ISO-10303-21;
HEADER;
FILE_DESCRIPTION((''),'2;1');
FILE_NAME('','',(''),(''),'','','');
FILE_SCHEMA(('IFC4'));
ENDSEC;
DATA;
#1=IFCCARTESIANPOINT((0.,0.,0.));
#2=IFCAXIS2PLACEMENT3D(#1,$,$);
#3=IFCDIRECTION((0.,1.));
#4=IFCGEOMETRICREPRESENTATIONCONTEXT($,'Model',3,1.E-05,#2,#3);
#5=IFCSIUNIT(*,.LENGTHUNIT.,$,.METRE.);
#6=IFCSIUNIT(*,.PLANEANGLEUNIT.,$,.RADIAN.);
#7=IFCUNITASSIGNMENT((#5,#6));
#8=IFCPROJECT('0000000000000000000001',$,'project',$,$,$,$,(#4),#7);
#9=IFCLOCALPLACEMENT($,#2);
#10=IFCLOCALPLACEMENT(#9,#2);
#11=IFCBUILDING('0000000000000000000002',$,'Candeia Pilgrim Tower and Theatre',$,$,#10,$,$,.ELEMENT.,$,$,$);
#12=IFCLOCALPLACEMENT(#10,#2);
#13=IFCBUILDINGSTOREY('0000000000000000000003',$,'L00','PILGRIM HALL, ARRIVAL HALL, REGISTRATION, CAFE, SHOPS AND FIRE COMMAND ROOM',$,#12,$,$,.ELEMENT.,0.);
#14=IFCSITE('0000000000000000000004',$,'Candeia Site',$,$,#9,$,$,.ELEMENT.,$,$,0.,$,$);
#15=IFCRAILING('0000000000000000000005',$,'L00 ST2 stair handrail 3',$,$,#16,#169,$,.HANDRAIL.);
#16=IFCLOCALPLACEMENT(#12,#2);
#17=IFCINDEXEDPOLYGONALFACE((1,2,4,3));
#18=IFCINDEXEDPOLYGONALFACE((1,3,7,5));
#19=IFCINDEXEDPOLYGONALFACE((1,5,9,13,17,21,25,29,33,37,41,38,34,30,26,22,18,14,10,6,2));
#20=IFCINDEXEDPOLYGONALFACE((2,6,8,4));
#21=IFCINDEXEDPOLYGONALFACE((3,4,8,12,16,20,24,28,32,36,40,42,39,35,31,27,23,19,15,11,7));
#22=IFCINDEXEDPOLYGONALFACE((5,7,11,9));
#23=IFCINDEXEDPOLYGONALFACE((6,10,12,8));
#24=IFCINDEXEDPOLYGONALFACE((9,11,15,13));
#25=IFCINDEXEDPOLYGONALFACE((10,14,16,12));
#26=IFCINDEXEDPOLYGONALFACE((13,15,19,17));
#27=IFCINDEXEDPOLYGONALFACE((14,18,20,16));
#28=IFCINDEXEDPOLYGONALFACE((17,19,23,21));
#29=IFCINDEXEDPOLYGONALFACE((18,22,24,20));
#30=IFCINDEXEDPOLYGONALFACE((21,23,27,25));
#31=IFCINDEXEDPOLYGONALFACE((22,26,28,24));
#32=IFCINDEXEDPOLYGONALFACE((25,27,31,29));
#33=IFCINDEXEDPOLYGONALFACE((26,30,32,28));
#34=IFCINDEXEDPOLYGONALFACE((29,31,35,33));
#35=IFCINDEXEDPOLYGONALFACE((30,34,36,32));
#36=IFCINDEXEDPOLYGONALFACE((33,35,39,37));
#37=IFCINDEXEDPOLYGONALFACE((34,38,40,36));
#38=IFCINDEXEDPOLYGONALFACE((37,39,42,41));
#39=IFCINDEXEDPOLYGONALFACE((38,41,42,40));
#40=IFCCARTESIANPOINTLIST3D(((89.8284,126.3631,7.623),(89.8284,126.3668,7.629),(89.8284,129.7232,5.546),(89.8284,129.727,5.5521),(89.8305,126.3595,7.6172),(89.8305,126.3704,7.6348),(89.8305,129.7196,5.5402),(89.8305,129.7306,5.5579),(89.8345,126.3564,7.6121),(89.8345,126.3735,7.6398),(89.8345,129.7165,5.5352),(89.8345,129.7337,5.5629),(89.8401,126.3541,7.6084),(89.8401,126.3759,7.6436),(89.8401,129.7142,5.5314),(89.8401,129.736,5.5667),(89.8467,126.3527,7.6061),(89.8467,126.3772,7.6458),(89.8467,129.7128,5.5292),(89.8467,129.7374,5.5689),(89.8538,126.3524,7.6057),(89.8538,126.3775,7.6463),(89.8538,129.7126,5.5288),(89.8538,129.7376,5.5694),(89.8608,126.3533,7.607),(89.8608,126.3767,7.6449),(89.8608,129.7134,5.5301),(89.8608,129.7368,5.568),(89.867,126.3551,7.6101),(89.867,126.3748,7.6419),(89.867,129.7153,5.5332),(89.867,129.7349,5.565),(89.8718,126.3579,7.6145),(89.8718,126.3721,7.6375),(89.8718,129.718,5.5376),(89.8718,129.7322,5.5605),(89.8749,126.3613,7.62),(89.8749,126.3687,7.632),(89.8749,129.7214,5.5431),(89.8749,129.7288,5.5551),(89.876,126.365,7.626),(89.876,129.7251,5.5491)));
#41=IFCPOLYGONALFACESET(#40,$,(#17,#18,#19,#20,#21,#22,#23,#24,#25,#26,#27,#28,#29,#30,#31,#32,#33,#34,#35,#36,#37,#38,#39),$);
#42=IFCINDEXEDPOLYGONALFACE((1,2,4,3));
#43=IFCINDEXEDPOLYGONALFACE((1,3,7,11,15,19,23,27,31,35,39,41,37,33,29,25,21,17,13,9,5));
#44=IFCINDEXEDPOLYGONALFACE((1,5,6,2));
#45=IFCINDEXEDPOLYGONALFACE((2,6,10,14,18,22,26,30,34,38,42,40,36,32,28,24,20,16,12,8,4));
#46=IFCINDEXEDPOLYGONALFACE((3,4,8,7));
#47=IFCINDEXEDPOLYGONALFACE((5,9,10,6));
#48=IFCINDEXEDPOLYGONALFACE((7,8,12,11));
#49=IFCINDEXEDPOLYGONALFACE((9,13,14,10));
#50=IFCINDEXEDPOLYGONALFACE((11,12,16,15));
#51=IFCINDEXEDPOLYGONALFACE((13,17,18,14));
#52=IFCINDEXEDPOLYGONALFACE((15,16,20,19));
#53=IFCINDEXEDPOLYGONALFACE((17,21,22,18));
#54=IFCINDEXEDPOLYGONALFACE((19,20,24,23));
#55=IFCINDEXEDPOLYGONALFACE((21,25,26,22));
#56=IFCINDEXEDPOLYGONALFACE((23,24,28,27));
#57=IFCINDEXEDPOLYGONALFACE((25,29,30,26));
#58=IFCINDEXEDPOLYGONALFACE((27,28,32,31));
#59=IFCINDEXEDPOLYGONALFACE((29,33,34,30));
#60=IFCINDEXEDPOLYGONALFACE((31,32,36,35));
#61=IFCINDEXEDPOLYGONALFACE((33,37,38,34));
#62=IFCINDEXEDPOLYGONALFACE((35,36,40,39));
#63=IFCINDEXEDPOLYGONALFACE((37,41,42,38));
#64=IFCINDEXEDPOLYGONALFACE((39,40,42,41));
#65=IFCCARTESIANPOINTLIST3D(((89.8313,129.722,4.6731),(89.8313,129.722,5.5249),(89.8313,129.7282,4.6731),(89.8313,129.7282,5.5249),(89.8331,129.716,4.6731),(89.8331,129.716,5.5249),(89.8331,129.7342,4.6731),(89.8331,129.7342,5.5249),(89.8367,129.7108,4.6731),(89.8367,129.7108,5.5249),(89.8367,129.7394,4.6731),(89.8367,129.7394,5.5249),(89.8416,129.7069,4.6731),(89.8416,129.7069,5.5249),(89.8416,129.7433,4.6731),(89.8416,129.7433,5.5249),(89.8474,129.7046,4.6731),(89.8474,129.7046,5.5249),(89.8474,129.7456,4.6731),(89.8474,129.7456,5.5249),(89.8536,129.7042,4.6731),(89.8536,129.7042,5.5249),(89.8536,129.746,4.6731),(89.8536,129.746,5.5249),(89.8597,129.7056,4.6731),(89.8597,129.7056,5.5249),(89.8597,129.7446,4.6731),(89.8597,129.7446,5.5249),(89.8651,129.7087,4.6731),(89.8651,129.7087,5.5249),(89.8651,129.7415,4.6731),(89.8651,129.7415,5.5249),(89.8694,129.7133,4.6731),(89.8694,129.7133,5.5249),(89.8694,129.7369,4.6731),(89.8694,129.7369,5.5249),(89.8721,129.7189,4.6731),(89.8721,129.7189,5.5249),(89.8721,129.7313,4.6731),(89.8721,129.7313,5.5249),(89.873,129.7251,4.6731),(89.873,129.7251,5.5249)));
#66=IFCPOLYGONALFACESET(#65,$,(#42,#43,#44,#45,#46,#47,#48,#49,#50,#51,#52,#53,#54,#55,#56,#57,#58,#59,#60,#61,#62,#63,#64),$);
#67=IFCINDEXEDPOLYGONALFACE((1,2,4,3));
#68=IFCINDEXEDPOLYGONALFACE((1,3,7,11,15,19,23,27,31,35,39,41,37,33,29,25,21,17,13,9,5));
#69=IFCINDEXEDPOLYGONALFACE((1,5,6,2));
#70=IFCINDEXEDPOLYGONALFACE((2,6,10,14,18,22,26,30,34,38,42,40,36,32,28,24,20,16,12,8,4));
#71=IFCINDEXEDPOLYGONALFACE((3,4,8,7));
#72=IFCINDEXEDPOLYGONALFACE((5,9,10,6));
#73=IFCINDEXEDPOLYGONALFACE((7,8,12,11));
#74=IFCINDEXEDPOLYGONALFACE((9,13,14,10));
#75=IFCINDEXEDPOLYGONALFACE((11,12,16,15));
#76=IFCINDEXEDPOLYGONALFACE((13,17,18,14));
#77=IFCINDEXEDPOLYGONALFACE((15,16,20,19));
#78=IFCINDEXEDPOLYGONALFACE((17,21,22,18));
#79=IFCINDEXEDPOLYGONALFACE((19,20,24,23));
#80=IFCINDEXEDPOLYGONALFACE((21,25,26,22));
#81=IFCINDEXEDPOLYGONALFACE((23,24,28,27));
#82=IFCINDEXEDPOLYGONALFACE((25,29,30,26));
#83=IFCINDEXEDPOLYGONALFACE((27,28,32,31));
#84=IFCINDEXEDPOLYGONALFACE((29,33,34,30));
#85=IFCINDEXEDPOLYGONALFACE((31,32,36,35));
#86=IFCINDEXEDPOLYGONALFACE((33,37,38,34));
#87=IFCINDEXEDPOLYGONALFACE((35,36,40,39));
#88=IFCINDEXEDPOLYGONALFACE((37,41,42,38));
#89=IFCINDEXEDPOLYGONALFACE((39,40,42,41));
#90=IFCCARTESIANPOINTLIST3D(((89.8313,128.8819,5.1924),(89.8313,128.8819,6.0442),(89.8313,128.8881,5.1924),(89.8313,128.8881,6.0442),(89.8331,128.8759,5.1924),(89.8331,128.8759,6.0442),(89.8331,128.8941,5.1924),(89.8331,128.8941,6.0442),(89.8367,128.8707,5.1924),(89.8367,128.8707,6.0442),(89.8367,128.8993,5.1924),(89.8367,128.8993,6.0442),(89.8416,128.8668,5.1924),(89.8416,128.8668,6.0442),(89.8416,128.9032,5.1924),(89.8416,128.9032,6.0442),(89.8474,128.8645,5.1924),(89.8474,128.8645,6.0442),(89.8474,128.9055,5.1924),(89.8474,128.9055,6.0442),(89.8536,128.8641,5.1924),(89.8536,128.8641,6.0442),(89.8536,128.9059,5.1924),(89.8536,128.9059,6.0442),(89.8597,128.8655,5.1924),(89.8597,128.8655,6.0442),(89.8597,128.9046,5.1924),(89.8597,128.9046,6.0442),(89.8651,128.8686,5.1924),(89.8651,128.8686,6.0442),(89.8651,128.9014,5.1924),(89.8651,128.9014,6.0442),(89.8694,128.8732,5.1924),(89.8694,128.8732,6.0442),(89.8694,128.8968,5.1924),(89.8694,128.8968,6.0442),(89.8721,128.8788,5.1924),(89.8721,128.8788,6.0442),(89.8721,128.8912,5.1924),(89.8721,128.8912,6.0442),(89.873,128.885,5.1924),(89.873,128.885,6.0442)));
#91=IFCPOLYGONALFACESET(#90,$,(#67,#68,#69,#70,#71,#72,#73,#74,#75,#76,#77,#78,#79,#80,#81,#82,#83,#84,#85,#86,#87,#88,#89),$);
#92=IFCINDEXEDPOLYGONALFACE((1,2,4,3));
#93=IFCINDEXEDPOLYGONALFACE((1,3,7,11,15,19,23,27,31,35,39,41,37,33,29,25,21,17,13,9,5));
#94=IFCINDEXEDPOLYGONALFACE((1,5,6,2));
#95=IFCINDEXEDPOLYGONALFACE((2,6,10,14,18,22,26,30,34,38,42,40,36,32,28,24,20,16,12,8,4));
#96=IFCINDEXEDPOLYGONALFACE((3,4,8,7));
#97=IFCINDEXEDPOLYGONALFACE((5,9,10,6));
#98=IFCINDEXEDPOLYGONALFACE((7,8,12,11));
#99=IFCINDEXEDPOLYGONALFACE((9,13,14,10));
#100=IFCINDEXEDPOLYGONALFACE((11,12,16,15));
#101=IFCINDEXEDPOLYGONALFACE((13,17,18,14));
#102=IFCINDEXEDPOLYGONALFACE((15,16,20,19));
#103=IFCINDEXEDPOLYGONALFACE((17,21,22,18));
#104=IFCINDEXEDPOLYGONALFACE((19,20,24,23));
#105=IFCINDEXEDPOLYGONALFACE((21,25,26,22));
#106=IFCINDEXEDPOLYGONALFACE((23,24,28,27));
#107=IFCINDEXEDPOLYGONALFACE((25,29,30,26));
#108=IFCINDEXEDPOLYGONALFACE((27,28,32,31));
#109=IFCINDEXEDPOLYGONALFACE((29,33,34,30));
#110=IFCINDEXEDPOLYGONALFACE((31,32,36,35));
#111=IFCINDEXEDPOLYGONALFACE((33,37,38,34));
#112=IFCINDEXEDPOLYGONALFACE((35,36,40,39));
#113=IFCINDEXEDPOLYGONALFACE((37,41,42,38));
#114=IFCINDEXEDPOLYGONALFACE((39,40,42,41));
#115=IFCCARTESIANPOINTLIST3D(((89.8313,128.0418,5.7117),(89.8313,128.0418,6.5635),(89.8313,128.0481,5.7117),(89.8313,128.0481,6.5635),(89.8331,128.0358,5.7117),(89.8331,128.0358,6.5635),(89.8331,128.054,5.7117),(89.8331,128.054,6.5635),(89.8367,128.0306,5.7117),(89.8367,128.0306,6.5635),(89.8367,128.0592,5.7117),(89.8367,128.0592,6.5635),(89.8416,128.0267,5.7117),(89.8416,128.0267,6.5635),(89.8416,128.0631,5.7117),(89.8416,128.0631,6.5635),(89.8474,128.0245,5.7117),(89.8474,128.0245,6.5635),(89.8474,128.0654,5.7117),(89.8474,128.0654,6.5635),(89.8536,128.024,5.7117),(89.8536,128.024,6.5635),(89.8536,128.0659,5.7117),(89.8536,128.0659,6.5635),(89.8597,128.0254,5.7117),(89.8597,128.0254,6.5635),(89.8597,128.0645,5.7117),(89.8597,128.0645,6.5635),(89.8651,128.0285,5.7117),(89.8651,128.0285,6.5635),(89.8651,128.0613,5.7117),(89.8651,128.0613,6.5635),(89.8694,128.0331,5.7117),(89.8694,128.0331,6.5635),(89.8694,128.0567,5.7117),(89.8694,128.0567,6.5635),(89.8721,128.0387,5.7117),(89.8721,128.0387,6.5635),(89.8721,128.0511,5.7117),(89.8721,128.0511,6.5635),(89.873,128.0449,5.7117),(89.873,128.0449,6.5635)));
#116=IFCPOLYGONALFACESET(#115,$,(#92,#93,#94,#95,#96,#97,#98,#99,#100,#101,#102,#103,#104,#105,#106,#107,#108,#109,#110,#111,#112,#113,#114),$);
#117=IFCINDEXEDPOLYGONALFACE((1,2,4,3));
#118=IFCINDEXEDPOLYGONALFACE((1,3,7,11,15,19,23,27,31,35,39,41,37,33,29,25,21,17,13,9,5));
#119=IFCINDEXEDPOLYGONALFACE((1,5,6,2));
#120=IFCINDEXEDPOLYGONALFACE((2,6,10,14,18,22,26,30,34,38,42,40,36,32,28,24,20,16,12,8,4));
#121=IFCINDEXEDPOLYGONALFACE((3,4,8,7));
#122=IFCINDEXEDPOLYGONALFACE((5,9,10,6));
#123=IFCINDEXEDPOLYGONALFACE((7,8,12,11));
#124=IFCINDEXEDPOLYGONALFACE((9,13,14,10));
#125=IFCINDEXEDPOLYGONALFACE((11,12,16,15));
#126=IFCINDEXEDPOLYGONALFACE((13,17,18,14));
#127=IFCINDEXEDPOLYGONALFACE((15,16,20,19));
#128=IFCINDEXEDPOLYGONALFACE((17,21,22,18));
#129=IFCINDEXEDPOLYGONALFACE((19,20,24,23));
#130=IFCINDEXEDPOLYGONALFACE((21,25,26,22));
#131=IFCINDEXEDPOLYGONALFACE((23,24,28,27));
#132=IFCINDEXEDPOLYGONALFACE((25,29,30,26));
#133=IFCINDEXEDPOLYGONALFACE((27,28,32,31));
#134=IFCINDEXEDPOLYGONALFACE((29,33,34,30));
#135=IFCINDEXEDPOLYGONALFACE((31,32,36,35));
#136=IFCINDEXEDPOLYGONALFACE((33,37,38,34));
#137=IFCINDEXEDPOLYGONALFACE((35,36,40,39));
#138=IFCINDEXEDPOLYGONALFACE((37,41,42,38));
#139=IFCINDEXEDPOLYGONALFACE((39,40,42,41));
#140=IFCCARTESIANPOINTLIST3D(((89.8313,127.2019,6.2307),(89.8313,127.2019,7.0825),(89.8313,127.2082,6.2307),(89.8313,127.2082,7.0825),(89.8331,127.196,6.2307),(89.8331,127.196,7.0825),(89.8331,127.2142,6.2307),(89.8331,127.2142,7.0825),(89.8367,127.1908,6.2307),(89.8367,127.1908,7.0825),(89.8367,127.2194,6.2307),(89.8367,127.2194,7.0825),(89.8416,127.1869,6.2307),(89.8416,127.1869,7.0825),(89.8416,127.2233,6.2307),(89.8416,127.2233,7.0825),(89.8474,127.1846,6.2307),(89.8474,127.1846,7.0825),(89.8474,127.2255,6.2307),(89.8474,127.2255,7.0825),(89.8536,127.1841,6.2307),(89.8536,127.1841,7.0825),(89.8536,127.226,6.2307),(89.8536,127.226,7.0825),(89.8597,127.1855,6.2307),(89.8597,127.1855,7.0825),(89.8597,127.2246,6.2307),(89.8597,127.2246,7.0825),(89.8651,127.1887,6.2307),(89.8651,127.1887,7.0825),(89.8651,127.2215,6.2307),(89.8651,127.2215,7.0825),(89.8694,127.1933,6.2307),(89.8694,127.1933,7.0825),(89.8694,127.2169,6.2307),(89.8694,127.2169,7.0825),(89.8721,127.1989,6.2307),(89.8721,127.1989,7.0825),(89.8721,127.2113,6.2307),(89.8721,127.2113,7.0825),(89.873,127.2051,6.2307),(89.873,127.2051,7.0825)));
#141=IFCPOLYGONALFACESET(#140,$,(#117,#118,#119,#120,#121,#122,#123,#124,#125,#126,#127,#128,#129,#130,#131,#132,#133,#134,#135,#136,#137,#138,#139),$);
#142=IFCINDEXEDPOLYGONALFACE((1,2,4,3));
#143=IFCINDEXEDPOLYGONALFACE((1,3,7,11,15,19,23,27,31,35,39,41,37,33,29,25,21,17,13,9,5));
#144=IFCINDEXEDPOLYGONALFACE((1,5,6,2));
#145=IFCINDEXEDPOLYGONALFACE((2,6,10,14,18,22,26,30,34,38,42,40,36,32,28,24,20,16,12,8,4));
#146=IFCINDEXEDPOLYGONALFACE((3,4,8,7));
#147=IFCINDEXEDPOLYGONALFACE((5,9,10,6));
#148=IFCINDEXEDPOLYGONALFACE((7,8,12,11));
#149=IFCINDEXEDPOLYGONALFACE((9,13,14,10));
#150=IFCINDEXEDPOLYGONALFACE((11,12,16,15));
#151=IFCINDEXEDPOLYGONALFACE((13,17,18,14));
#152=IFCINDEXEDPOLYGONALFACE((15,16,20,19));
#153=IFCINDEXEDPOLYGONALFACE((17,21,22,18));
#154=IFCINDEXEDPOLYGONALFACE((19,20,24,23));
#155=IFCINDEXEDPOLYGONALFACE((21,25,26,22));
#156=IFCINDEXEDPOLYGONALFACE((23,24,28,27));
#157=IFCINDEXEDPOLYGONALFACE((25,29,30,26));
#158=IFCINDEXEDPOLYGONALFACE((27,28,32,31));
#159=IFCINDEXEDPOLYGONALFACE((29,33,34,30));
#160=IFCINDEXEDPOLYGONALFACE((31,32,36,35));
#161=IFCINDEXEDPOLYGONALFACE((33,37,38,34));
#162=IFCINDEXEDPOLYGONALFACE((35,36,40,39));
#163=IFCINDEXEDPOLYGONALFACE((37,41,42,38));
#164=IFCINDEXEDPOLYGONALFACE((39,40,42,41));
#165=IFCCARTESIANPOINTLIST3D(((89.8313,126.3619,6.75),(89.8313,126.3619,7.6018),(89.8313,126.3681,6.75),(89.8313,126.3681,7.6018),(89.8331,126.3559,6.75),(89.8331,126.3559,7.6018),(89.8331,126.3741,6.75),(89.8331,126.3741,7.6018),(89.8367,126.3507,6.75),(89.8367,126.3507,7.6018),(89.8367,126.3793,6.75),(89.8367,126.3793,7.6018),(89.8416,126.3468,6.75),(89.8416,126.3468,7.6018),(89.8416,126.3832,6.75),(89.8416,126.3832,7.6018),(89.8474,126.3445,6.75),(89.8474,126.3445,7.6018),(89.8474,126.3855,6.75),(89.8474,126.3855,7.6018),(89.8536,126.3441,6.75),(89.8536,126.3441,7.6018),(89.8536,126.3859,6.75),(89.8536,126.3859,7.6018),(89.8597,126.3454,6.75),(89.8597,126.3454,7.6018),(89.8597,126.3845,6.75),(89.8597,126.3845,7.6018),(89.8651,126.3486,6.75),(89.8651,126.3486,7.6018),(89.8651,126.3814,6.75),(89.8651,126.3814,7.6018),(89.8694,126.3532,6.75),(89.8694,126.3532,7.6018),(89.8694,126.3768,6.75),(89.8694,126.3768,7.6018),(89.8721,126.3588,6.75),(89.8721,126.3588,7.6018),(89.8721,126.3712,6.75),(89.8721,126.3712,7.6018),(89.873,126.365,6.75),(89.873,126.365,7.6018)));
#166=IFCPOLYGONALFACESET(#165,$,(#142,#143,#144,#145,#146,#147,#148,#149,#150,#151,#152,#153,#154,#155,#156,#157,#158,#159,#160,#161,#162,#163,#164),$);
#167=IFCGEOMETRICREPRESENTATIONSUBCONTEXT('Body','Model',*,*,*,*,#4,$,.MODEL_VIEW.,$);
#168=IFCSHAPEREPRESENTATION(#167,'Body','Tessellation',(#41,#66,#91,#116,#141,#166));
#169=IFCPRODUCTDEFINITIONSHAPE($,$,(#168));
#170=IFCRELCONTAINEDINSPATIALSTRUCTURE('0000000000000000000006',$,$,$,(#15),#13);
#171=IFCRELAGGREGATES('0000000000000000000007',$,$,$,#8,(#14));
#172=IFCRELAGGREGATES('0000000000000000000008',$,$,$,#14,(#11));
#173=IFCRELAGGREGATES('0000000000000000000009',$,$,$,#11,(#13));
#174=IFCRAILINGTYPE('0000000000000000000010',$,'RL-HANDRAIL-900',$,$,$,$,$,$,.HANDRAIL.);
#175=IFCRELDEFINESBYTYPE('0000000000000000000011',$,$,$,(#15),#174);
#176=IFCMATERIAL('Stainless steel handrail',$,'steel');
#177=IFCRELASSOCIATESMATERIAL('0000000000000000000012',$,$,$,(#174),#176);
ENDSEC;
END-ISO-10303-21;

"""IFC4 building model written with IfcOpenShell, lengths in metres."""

from ifc_helpers import new_model, si_unit, direction, frame, origin, origin_2d, place, context, subcontext, project, spatial, circle, extrude, material, type_object, element, save


model = new_model("IFC4")

# Units and contexts
model_context = context("Model", 3, precision=1e-05, world=origin(), true_north=direction((0.0, 1.0)))
body_context = subcontext(model_context, "Body", "Model", "MODEL_VIEW")
ifc_project = project(units=[si_unit("LENGTHUNIT", "METRE"), si_unit("PLANEANGLEUNIT", "RADIAN")], contexts=[model_context])

# Site, building, storey
site_placement = place(None, origin())
site = spatial("IfcSite", under=ifc_project, at=site_placement, Name="Candeia Site", CompositionType="ELEMENT", RefElevation=0.0)
building_placement = place(site_placement, origin())
building = spatial("IfcBuilding", under=site, at=building_placement, Name="Candeia Pilgrim Tower and Theatre", CompositionType="ELEMENT")
storey_placement = place(building_placement, origin())
storey = spatial("IfcBuildingStorey", under=building, at=storey_placement, Name="L00", Description="PILGRIM HALL, ARRIVAL HALL, REGISTRATION, CAFE, SHOPS AND FIRE COMMAND ROOM", CompositionType="ELEMENT", Elevation=0.0)

# Railing
ifc_material_1 = material(Name="Stainless steel handrail", Category="steel")
railing_type_1 = type_object("IfcRailingType", Name="RL-HANDRAIL-900", PredefinedType="HANDRAIL", material=ifc_material_1)
railing_1_placement = place(storey_placement, frame((89.8521, 129.7251, 4.6731)))
element("IfcRailing", 1, at=railing_1_placement, inside=storey, type_object=railing_type_1, Name="L00 ST2 stair handrail 3", PredefinedType="HANDRAIL", context=body_context, shape_type="SweptSolid", body=[
    extrude(circle(Radius=0.0239, at=origin_2d()), frame((0.0, 0.0, 0.876), z_axis=(0.0, -0.850623, 0.525776), x_axis=(1.0, 0.0, 0.0)), (0.0, 0.0, 1.0), 3.9502),
    extrude(circle(Radius=0.021, at=origin_2d()), origin(), (0.0, 0.0, 1.0), 0.8518),
    extrude(circle(Radius=0.021, at=origin_2d()), frame((0.0, -0.8401, 0.5193)), (0.0, 0.0, 1.0), 0.8518),
    extrude(circle(Radius=0.021, at=origin_2d()), frame((0.0, -1.6802, 1.0386)), (0.0, 0.0, 1.0), 0.8518),
    extrude(circle(Radius=0.021, at=origin_2d()), frame((0.0, -2.52, 1.5576)), (0.0, 0.0, 1.0), 0.8518),
    extrude(circle(Radius=0.021, at=origin_2d()), frame((0.0, -3.3601, 2.0769)), (0.0, 0.0, 1.0), 0.8518),
])

save(model, "model.ifc")
